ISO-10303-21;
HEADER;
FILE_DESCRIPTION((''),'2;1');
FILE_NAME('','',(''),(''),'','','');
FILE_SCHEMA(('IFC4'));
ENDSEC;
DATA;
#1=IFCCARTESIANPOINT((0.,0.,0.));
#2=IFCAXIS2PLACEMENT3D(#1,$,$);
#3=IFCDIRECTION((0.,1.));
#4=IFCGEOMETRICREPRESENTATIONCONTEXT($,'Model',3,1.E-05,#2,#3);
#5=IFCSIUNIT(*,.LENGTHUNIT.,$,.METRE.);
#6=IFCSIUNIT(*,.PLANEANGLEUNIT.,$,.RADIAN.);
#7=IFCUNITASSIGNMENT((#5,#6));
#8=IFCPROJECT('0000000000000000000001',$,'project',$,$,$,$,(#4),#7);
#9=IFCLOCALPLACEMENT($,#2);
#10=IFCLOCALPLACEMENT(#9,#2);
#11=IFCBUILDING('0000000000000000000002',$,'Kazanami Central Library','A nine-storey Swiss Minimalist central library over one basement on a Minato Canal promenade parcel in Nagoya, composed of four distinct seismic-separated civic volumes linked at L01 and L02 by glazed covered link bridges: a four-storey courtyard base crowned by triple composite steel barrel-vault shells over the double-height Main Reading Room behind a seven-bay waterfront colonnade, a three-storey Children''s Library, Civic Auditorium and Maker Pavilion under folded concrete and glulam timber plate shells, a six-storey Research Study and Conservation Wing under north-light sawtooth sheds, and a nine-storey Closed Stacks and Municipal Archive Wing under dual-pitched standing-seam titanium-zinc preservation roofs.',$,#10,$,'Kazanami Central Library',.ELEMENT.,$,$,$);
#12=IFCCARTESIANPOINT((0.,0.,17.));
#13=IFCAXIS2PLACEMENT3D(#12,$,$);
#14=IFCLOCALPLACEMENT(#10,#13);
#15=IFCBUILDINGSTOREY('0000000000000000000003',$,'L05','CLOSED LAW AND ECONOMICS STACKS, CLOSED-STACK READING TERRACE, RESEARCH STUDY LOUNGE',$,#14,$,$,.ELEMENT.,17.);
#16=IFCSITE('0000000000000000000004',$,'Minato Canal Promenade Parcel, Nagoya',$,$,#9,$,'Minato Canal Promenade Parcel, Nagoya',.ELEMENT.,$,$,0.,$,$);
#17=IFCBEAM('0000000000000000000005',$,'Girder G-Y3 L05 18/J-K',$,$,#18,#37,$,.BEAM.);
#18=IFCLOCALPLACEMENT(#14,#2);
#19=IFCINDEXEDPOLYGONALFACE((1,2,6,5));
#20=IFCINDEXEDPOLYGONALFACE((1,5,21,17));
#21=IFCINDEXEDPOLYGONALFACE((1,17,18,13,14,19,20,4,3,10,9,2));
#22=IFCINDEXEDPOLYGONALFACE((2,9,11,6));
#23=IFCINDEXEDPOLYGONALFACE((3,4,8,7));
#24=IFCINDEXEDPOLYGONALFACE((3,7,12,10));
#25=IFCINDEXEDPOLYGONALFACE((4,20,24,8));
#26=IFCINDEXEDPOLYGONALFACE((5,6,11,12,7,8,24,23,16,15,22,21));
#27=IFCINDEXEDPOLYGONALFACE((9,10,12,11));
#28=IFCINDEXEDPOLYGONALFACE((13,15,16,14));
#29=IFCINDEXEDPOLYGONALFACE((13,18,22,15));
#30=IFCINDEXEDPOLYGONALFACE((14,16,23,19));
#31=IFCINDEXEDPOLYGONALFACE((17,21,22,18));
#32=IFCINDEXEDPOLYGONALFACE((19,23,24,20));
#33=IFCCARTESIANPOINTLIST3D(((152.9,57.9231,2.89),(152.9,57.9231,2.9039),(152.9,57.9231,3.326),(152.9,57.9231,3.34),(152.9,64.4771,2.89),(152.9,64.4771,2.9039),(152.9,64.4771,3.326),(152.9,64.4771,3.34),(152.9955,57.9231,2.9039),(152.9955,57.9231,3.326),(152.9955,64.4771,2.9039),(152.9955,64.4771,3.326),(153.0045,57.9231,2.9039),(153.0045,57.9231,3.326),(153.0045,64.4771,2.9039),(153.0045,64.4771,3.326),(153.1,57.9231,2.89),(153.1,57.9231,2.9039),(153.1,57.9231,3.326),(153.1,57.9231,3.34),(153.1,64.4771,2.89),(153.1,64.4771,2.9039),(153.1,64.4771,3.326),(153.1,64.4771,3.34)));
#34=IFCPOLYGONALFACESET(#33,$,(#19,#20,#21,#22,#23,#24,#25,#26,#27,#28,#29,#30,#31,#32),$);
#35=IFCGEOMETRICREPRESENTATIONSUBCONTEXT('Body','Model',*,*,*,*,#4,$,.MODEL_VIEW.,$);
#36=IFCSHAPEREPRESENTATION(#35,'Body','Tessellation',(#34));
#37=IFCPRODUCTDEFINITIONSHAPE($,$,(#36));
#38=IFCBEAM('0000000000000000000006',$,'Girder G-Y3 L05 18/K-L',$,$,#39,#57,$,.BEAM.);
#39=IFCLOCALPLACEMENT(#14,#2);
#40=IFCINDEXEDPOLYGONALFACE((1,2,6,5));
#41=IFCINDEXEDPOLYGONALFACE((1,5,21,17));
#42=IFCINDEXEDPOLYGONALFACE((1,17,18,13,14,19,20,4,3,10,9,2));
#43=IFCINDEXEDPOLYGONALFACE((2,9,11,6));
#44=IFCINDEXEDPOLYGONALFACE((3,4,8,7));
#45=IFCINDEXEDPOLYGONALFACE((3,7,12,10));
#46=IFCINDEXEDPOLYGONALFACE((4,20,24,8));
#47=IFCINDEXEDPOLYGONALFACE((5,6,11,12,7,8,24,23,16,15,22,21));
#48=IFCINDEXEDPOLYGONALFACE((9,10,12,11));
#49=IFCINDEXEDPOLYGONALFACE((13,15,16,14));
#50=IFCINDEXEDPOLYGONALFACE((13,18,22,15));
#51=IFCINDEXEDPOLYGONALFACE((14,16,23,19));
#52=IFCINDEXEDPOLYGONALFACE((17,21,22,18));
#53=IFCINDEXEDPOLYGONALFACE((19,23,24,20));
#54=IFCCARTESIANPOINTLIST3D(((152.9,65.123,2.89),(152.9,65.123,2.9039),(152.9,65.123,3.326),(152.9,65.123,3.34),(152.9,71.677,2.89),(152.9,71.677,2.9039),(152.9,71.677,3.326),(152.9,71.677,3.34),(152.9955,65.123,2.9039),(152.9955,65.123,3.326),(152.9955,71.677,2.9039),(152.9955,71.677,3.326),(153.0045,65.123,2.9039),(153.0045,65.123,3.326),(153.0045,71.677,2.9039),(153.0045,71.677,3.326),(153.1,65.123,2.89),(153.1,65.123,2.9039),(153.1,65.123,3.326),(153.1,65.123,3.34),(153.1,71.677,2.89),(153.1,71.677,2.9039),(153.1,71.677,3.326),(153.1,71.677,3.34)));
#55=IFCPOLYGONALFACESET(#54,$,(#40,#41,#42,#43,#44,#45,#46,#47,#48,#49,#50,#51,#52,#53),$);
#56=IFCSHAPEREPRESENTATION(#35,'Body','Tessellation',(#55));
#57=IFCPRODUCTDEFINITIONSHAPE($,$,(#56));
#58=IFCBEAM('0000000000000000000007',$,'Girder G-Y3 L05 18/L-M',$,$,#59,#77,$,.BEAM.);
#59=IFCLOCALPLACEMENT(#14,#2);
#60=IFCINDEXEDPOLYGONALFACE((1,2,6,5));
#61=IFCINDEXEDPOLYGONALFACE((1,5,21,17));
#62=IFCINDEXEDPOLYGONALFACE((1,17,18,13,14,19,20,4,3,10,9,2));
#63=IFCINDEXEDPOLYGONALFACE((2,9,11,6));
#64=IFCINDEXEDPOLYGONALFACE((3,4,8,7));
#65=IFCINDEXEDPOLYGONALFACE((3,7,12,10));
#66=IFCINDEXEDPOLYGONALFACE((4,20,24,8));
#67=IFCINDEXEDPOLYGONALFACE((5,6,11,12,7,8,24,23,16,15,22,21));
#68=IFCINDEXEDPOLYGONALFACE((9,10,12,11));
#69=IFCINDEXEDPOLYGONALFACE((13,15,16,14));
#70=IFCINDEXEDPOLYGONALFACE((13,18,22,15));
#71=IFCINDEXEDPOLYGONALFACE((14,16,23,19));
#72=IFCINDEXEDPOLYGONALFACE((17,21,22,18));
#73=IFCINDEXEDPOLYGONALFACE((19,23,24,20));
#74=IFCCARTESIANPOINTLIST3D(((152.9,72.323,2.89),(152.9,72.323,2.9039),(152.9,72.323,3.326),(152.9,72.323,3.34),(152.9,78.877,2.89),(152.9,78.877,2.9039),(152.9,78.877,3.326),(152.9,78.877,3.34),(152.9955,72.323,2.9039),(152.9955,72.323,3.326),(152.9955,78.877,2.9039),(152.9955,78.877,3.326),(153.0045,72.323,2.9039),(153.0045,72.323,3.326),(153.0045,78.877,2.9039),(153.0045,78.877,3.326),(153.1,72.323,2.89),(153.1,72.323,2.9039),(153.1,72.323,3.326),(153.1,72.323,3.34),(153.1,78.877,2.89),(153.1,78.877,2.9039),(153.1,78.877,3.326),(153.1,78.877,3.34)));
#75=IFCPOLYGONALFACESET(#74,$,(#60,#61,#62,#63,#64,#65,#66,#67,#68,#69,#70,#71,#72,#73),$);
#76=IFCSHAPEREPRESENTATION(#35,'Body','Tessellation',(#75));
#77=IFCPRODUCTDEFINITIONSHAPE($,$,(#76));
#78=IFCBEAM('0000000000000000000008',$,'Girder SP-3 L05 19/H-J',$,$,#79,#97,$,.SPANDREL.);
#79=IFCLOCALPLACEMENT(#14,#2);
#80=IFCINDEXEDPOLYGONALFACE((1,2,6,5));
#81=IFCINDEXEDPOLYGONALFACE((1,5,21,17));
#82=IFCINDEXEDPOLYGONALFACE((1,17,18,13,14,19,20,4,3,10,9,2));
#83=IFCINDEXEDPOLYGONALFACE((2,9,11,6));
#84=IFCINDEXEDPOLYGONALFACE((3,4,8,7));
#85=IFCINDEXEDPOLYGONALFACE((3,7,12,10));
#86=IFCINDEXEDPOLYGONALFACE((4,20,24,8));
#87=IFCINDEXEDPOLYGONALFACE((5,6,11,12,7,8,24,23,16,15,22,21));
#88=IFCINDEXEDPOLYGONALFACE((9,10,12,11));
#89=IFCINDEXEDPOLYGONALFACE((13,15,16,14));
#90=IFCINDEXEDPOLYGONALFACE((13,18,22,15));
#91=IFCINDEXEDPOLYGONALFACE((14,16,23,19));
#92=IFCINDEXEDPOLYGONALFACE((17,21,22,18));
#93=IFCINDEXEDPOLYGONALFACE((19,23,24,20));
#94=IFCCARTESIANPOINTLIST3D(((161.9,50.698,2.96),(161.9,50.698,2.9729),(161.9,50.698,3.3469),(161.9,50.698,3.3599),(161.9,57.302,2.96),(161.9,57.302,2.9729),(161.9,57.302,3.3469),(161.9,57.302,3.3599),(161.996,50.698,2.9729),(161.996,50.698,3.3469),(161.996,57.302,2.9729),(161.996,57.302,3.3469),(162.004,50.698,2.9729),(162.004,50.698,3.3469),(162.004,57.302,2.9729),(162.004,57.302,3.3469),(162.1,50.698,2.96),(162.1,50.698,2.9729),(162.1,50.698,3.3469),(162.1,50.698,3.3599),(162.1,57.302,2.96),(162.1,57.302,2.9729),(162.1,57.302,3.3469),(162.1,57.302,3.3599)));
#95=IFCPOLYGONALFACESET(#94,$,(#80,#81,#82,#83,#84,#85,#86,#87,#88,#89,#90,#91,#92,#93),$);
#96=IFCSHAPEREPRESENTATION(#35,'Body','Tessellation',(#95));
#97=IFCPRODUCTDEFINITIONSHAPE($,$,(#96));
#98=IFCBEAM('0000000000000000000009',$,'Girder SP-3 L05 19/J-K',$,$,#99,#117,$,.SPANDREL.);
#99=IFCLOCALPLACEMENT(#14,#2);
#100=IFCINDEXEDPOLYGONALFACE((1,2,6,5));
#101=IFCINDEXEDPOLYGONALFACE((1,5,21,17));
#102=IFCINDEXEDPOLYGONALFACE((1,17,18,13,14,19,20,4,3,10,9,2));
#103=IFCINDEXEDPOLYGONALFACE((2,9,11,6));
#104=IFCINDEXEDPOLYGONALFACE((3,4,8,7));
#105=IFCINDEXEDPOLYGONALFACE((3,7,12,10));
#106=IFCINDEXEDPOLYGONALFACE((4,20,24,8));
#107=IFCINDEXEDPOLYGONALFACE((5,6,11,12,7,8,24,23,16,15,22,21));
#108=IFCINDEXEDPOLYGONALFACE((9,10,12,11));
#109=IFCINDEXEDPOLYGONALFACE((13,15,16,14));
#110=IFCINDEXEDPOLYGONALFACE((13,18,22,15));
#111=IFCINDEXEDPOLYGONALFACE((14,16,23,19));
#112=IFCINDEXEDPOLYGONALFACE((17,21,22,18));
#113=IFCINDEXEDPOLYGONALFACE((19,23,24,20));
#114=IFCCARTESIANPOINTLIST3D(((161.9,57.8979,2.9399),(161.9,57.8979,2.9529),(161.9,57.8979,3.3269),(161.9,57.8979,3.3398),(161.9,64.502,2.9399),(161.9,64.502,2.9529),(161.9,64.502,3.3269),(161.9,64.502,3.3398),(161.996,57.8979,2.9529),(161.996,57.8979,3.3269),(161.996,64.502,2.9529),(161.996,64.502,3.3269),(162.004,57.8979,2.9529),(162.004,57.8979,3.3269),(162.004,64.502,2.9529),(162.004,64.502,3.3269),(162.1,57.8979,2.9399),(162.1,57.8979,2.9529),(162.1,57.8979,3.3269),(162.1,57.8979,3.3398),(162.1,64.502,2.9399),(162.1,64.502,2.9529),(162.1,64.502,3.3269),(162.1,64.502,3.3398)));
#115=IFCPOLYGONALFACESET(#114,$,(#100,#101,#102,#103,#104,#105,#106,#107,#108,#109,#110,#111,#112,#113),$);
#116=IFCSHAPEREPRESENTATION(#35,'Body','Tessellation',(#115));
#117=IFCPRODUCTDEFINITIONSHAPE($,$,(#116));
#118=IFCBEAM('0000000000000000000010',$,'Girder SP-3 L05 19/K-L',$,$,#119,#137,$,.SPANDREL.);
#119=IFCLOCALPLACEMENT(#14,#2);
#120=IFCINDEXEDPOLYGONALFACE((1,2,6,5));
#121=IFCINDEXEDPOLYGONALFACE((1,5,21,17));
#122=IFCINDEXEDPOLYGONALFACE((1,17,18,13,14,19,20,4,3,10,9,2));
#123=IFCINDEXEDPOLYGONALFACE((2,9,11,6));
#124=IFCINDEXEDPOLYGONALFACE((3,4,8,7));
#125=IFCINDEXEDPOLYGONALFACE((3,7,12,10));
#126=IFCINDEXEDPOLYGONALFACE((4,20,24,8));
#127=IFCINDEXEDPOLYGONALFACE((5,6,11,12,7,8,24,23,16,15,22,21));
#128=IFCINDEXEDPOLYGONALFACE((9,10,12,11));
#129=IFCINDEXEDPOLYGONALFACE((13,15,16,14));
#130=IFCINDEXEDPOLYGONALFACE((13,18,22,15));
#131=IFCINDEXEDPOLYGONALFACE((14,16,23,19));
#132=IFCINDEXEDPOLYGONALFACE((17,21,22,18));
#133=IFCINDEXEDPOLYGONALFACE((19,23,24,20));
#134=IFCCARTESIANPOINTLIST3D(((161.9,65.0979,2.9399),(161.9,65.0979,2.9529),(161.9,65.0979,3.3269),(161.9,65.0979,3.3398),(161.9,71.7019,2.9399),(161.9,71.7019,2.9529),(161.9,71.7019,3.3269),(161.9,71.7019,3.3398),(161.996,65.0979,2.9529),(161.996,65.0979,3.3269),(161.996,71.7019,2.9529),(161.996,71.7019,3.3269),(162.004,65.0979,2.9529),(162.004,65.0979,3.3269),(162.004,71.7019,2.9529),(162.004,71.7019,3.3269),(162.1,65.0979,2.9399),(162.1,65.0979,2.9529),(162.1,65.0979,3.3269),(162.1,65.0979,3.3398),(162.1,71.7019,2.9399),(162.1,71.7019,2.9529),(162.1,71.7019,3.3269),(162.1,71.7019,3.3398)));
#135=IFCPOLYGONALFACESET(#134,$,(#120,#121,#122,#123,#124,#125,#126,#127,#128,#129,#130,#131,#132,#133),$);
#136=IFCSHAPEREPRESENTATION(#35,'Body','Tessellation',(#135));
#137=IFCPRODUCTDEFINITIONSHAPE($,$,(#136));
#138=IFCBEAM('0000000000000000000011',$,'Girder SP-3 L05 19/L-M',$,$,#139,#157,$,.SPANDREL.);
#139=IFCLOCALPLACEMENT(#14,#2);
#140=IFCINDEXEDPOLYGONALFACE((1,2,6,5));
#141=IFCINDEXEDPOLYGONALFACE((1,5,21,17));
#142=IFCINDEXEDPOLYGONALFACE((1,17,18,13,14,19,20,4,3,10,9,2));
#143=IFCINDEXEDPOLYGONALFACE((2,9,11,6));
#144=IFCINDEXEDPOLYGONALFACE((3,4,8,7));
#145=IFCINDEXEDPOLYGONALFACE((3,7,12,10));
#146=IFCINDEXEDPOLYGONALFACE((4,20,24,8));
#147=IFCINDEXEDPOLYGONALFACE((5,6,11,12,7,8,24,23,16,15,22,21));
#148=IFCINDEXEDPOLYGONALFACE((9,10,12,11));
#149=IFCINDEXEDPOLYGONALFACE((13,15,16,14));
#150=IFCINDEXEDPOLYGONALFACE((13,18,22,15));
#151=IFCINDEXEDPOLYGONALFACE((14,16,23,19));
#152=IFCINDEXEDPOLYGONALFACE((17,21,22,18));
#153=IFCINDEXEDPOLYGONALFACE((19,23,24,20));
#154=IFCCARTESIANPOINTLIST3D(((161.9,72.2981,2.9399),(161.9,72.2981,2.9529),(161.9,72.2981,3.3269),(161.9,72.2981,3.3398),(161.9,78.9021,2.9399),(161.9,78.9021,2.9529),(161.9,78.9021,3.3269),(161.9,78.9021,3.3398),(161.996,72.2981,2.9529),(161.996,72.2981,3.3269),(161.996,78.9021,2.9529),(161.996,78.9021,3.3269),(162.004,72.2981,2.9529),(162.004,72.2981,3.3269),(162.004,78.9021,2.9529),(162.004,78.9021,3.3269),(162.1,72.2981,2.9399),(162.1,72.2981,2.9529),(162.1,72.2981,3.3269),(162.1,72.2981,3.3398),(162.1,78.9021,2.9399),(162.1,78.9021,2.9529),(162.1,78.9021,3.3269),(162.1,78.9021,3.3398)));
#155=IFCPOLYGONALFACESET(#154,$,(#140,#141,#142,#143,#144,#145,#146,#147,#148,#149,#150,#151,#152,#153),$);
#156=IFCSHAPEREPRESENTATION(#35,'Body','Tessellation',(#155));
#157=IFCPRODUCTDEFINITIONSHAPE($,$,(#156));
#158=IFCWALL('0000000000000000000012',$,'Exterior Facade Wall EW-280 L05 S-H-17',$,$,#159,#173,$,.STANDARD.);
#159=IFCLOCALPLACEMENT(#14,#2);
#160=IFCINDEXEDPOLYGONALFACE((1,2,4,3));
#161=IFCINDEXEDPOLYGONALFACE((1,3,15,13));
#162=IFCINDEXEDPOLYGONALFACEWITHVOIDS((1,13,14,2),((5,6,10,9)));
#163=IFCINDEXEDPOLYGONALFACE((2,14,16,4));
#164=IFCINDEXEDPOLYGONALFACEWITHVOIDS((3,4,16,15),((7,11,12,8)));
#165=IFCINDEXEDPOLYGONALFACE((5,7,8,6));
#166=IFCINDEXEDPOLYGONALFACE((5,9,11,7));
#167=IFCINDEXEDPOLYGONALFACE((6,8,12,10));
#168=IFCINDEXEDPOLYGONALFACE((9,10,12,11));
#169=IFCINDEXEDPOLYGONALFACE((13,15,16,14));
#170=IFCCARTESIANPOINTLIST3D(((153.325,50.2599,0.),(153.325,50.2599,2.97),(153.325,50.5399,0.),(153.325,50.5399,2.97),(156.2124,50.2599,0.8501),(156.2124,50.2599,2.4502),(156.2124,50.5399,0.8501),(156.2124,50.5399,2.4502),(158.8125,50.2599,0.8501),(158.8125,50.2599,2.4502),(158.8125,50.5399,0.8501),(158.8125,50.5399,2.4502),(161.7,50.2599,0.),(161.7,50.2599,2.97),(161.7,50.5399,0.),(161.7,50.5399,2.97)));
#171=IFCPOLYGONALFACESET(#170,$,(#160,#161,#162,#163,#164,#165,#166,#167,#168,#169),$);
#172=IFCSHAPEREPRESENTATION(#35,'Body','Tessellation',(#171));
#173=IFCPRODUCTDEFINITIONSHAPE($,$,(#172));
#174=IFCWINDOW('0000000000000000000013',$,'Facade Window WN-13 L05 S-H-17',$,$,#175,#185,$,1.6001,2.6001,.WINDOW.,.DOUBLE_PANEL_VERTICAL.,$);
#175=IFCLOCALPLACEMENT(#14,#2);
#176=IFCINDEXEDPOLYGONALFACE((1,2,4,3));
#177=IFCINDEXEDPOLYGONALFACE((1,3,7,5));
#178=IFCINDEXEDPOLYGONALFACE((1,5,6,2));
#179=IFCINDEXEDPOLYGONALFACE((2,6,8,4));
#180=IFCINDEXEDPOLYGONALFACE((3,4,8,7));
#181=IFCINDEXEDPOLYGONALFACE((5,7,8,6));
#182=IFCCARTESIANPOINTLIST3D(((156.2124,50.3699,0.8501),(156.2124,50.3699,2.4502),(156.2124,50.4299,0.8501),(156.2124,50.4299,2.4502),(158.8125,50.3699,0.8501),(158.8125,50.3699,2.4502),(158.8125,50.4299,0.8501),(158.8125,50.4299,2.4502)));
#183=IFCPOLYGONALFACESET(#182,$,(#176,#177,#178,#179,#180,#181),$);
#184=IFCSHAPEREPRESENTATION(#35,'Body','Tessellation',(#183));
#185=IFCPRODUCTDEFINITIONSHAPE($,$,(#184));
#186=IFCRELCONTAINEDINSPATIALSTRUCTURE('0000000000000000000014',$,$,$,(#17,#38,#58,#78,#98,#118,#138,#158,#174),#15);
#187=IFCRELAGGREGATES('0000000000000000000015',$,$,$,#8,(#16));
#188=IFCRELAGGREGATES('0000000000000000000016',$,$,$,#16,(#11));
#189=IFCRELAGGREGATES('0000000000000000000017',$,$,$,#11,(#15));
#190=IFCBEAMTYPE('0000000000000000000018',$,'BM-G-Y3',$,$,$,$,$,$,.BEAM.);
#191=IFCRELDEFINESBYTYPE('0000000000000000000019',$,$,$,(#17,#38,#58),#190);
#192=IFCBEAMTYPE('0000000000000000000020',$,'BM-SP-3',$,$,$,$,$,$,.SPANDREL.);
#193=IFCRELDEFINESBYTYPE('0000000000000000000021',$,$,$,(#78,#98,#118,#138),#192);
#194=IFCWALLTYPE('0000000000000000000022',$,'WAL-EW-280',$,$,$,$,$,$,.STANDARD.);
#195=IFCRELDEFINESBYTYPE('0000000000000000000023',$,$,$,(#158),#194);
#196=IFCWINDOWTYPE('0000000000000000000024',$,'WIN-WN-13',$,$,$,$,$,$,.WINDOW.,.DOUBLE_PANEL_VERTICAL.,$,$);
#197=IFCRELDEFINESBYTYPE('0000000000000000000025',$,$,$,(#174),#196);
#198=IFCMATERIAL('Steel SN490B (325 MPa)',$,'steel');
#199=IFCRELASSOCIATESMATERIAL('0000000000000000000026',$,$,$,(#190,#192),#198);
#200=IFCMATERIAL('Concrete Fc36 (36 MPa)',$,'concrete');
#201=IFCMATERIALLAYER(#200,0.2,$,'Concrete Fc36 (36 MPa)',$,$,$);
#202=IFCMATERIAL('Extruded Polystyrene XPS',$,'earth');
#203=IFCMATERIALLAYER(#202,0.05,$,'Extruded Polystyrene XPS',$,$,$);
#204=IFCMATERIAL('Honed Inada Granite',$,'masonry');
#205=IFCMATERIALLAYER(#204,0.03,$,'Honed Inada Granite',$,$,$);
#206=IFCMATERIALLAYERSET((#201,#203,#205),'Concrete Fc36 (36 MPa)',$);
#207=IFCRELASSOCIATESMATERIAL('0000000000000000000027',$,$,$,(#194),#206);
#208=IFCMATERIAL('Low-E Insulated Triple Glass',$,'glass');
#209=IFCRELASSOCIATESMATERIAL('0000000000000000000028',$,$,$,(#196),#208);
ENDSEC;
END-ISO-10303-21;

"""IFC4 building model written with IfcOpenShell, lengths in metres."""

from ifc_helpers import new_model, si_unit, direction, frame, frame_2d, origin, origin_2d, place, context, subcontext, project, spatial, rectangle, i_section, extrude, material, layer, layer_set, material_profile, profile_set, type_object, element, fill, save


model = new_model("IFC4")

# Units and contexts
model_context = context("Model", 3, precision=1e-05, world=origin(), true_north=direction((0.0, 1.0)))
body_context = subcontext(model_context, "Body", "Model", "MODEL_VIEW")
ifc_project = project(units=[si_unit("LENGTHUNIT", "METRE"), si_unit("PLANEANGLEUNIT", "RADIAN")], contexts=[model_context])

# Site, building, storey
site_placement = place(None, origin())
site = spatial("IfcSite", under=ifc_project, at=site_placement, Name="Minato Canal Promenade Parcel, Nagoya", LongName="Minato Canal Promenade Parcel, Nagoya", CompositionType="ELEMENT", RefElevation=0.0)
building_placement = place(site_placement, origin())
building = spatial("IfcBuilding", under=site, at=building_placement, Name="Kazanami Central Library", Description="A nine-storey Swiss Minimalist central library over one basement on a Minato Canal promenade parcel in Nagoya, composed of four distinct seismic-separated civic volumes linked at L01 and L02 by glazed covered link bridges: a four-storey courtyard base crowned by triple composite steel barrel-vault shells over the double-height Main Reading Room behind a seven-bay waterfront colonnade, a three-storey Children's Library, Civic Auditorium and Maker Pavilion under folded concrete and glulam timber plate shells, a six-storey Research Study and Conservation Wing under north-light sawtooth sheds, and a nine-storey Closed Stacks and Municipal Archive Wing under dual-pitched standing-seam titanium-zinc preservation roofs.", LongName="Kazanami Central Library", CompositionType="ELEMENT")
storey_placement = place(building_placement, frame((0.0, 0.0, 17.0)))
storey = spatial("IfcBuildingStorey", under=building, at=storey_placement, Name="L05", Description="CLOSED LAW AND ECONOMICS STACKS, CLOSED-STACK READING TERRACE, RESEARCH STUDY LOUNGE", CompositionType="ELEMENT", Elevation=17.0)

# Beams
ifc_material_1 = material(Name="Steel SN490B (325 MPa)", Category="steel")
ifc_material_profile_1 = material_profile(ifc_material_1, i_section(OverallWidth=0.2, OverallDepth=0.45, WebThickness=0.009, FlangeThickness=0.0139, at=origin_2d()), Name="H-450x200x9x14")
ifc_profile_set_1 = profile_set([ifc_material_profile_1], Name="Steel SN490B (325 MPa)")
beam_type_1 = type_object("IfcBeamType", Name="BM-G-Y3", PredefinedType="BEAM", material=ifc_profile_set_1)
for number, where, z_axis, x_axis, name in (
    (1, (153.0, 57.9231, 3.115), (0.0, 1.0, 0.0), (-1.0, 0.0, 0.0), "Girder G-Y3 L05 18/J-K"),
    (2, (153.0, 65.123, 3.115), (0.0, 1.0, 0.0), (-1.0, 0.0, 0.0), "Girder G-Y3 L05 18/K-L"),
    (3, (153.0, 72.323, 3.115), (0.0, 1.0, 0.0), (-1.0, 0.0, 0.0), "Girder G-Y3 L05 18/L-M"),
):
    element("IfcBeam", number, at=place(storey_placement, frame(where, z_axis=z_axis, x_axis=x_axis)), inside=storey, type_object=beam_type_1, Name=name, PredefinedType="BEAM", context=body_context, shape_type="SweptSolid", body=[
        extrude(i_section(OverallWidth=0.2, OverallDepth=0.45, WebThickness=0.009, FlangeThickness=0.0139, at=origin_2d()), origin(), (0.0, 0.0, 1.0), 6.554),
    ])
ifc_material_profile_2 = material_profile(ifc_material_1, i_section(OverallWidth=0.2, OverallDepth=0.3999, WebThickness=0.0081, FlangeThickness=0.0129, at=origin_2d()), Name="H-400x200x8x13")
ifc_profile_set_2 = profile_set([ifc_material_profile_2], Name="Steel SN490B (325 MPa)")
beam_type_2 = type_object("IfcBeamType", Name="BM-SP-3", PredefinedType="SPANDREL", material=ifc_profile_set_2)
for number, where, z_axis, x_axis, name in (
    (4, (162.0, 50.698, 3.1599), (0.0, 1.0, 0.0), (-1.0, 0.0, 0.0), "Girder SP-3 L05 19/H-J"),
    (5, (162.0, 57.8979, 3.1399), (0.0, 1.0, 0.0), (-1.0, 0.0, 0.0), "Girder SP-3 L05 19/J-K"),
    (6, (162.0, 65.0979, 3.1399), (0.0, 1.0, 0.0), (-1.0, 0.0, 0.0), "Girder SP-3 L05 19/K-L"),
    (7, (162.0, 72.2981, 3.1399), (0.0, 1.0, 0.0), (-1.0, 0.0, 0.0), "Girder SP-3 L05 19/L-M"),
):
    element("IfcBeam", number, at=place(storey_placement, frame(where, z_axis=z_axis, x_axis=x_axis)), inside=storey, type_object=beam_type_2, Name=name, PredefinedType="SPANDREL", context=body_context, shape_type="SweptSolid", body=[
        extrude(i_section(OverallWidth=0.2, OverallDepth=0.3999, WebThickness=0.0081, FlangeThickness=0.0129, at=origin_2d()), origin(), (0.0, 0.0, 1.0), 6.604),
    ])

# Wall, opening, window
ifc_material_2 = material(Name="Concrete Fc36 (36 MPa)", Category="concrete")
ifc_layer_1 = layer(ifc_material_2, 0.2, Name="Concrete Fc36 (36 MPa)")
ifc_material_3 = material(Name="Extruded Polystyrene XPS", Category="earth")
ifc_layer_2 = layer(ifc_material_3, 0.05, Name="Extruded Polystyrene XPS")
ifc_material_4 = material(Name="Honed Inada Granite", Category="masonry")
ifc_layer_3 = layer(ifc_material_4, 0.03, Name="Honed Inada Granite")
ifc_layer_set_1 = layer_set([ifc_layer_1, ifc_layer_2, ifc_layer_3], Name="Concrete Fc36 (36 MPa)")
wall_type_1 = type_object("IfcWallType", Name="WAL-EW-280", PredefinedType="STANDARD", material=ifc_layer_set_1)
wall_1_placement = place(storey_placement, frame((153.325, 50.3999, 0.0), z_axis=(0.0, 0.0, 1.0), x_axis=(1.0, 0.0, 0.0)))
wall_1 = element("IfcWall", 8, at=wall_1_placement, inside=storey, type_object=wall_type_1, Name="Exterior Facade Wall EW-280 L05 S-H-17", PredefinedType="STANDARD", context=body_context, shape_type="SweptSolid", body=[
    extrude(rectangle(XDim=8.375, YDim=0.28, at=frame_2d((4.1875, 0.0))), origin(), (0.0, 0.0, 1.0), 2.97),
])
opening_1_placement = place(wall_1_placement, frame((2.8875, 0.0, 0.8501)))
opening_1 = element("IfcOpeningElement", 9, at=opening_1_placement, cuts=wall_1, PredefinedType="OPENING", context=body_context, shape_type="SweptSolid", body=[
    extrude(rectangle(XDim=2.6001, YDim=1.6001, at=frame_2d((1.3, 0.8))), frame((0.0, 0.1519, 0.0), z_axis=(0.0, -1.0, 0.0), x_axis=(1.0, 0.0, 0.0)), (0.0, 0.0, 1.0), 0.304),
])
ifc_material_5 = material(Name="Low-E Insulated Triple Glass", Category="glass")
window_type = type_object("IfcWindowType", Name="WIN-WN-13", PartitioningType="DOUBLE_PANEL_VERTICAL", PredefinedType="WINDOW", material=ifc_material_5)
window_1_placement = place(opening_1_placement, origin())
window_1 = element("IfcWindow", 10, at=window_1_placement, inside=storey, type_object=window_type, Name="Facade Window WN-13 L05 S-H-17", OverallHeight=1.6001, OverallWidth=2.6001, PartitioningType="DOUBLE_PANEL_VERTICAL", PredefinedType="WINDOW", context=body_context, shape_type="SweptSolid", body=[
    extrude(rectangle(XDim=2.6001, YDim=1.6001, at=frame_2d((1.3, 0.8))), frame((0.0, 0.03, 0.0), z_axis=(0.0, -1.0, 0.0), x_axis=(1.0, 0.0, 0.0)), (0.0, 0.0, 1.0), 0.0601),
])
fill(opening_1, window_1)

save(model, "model.ifc")
